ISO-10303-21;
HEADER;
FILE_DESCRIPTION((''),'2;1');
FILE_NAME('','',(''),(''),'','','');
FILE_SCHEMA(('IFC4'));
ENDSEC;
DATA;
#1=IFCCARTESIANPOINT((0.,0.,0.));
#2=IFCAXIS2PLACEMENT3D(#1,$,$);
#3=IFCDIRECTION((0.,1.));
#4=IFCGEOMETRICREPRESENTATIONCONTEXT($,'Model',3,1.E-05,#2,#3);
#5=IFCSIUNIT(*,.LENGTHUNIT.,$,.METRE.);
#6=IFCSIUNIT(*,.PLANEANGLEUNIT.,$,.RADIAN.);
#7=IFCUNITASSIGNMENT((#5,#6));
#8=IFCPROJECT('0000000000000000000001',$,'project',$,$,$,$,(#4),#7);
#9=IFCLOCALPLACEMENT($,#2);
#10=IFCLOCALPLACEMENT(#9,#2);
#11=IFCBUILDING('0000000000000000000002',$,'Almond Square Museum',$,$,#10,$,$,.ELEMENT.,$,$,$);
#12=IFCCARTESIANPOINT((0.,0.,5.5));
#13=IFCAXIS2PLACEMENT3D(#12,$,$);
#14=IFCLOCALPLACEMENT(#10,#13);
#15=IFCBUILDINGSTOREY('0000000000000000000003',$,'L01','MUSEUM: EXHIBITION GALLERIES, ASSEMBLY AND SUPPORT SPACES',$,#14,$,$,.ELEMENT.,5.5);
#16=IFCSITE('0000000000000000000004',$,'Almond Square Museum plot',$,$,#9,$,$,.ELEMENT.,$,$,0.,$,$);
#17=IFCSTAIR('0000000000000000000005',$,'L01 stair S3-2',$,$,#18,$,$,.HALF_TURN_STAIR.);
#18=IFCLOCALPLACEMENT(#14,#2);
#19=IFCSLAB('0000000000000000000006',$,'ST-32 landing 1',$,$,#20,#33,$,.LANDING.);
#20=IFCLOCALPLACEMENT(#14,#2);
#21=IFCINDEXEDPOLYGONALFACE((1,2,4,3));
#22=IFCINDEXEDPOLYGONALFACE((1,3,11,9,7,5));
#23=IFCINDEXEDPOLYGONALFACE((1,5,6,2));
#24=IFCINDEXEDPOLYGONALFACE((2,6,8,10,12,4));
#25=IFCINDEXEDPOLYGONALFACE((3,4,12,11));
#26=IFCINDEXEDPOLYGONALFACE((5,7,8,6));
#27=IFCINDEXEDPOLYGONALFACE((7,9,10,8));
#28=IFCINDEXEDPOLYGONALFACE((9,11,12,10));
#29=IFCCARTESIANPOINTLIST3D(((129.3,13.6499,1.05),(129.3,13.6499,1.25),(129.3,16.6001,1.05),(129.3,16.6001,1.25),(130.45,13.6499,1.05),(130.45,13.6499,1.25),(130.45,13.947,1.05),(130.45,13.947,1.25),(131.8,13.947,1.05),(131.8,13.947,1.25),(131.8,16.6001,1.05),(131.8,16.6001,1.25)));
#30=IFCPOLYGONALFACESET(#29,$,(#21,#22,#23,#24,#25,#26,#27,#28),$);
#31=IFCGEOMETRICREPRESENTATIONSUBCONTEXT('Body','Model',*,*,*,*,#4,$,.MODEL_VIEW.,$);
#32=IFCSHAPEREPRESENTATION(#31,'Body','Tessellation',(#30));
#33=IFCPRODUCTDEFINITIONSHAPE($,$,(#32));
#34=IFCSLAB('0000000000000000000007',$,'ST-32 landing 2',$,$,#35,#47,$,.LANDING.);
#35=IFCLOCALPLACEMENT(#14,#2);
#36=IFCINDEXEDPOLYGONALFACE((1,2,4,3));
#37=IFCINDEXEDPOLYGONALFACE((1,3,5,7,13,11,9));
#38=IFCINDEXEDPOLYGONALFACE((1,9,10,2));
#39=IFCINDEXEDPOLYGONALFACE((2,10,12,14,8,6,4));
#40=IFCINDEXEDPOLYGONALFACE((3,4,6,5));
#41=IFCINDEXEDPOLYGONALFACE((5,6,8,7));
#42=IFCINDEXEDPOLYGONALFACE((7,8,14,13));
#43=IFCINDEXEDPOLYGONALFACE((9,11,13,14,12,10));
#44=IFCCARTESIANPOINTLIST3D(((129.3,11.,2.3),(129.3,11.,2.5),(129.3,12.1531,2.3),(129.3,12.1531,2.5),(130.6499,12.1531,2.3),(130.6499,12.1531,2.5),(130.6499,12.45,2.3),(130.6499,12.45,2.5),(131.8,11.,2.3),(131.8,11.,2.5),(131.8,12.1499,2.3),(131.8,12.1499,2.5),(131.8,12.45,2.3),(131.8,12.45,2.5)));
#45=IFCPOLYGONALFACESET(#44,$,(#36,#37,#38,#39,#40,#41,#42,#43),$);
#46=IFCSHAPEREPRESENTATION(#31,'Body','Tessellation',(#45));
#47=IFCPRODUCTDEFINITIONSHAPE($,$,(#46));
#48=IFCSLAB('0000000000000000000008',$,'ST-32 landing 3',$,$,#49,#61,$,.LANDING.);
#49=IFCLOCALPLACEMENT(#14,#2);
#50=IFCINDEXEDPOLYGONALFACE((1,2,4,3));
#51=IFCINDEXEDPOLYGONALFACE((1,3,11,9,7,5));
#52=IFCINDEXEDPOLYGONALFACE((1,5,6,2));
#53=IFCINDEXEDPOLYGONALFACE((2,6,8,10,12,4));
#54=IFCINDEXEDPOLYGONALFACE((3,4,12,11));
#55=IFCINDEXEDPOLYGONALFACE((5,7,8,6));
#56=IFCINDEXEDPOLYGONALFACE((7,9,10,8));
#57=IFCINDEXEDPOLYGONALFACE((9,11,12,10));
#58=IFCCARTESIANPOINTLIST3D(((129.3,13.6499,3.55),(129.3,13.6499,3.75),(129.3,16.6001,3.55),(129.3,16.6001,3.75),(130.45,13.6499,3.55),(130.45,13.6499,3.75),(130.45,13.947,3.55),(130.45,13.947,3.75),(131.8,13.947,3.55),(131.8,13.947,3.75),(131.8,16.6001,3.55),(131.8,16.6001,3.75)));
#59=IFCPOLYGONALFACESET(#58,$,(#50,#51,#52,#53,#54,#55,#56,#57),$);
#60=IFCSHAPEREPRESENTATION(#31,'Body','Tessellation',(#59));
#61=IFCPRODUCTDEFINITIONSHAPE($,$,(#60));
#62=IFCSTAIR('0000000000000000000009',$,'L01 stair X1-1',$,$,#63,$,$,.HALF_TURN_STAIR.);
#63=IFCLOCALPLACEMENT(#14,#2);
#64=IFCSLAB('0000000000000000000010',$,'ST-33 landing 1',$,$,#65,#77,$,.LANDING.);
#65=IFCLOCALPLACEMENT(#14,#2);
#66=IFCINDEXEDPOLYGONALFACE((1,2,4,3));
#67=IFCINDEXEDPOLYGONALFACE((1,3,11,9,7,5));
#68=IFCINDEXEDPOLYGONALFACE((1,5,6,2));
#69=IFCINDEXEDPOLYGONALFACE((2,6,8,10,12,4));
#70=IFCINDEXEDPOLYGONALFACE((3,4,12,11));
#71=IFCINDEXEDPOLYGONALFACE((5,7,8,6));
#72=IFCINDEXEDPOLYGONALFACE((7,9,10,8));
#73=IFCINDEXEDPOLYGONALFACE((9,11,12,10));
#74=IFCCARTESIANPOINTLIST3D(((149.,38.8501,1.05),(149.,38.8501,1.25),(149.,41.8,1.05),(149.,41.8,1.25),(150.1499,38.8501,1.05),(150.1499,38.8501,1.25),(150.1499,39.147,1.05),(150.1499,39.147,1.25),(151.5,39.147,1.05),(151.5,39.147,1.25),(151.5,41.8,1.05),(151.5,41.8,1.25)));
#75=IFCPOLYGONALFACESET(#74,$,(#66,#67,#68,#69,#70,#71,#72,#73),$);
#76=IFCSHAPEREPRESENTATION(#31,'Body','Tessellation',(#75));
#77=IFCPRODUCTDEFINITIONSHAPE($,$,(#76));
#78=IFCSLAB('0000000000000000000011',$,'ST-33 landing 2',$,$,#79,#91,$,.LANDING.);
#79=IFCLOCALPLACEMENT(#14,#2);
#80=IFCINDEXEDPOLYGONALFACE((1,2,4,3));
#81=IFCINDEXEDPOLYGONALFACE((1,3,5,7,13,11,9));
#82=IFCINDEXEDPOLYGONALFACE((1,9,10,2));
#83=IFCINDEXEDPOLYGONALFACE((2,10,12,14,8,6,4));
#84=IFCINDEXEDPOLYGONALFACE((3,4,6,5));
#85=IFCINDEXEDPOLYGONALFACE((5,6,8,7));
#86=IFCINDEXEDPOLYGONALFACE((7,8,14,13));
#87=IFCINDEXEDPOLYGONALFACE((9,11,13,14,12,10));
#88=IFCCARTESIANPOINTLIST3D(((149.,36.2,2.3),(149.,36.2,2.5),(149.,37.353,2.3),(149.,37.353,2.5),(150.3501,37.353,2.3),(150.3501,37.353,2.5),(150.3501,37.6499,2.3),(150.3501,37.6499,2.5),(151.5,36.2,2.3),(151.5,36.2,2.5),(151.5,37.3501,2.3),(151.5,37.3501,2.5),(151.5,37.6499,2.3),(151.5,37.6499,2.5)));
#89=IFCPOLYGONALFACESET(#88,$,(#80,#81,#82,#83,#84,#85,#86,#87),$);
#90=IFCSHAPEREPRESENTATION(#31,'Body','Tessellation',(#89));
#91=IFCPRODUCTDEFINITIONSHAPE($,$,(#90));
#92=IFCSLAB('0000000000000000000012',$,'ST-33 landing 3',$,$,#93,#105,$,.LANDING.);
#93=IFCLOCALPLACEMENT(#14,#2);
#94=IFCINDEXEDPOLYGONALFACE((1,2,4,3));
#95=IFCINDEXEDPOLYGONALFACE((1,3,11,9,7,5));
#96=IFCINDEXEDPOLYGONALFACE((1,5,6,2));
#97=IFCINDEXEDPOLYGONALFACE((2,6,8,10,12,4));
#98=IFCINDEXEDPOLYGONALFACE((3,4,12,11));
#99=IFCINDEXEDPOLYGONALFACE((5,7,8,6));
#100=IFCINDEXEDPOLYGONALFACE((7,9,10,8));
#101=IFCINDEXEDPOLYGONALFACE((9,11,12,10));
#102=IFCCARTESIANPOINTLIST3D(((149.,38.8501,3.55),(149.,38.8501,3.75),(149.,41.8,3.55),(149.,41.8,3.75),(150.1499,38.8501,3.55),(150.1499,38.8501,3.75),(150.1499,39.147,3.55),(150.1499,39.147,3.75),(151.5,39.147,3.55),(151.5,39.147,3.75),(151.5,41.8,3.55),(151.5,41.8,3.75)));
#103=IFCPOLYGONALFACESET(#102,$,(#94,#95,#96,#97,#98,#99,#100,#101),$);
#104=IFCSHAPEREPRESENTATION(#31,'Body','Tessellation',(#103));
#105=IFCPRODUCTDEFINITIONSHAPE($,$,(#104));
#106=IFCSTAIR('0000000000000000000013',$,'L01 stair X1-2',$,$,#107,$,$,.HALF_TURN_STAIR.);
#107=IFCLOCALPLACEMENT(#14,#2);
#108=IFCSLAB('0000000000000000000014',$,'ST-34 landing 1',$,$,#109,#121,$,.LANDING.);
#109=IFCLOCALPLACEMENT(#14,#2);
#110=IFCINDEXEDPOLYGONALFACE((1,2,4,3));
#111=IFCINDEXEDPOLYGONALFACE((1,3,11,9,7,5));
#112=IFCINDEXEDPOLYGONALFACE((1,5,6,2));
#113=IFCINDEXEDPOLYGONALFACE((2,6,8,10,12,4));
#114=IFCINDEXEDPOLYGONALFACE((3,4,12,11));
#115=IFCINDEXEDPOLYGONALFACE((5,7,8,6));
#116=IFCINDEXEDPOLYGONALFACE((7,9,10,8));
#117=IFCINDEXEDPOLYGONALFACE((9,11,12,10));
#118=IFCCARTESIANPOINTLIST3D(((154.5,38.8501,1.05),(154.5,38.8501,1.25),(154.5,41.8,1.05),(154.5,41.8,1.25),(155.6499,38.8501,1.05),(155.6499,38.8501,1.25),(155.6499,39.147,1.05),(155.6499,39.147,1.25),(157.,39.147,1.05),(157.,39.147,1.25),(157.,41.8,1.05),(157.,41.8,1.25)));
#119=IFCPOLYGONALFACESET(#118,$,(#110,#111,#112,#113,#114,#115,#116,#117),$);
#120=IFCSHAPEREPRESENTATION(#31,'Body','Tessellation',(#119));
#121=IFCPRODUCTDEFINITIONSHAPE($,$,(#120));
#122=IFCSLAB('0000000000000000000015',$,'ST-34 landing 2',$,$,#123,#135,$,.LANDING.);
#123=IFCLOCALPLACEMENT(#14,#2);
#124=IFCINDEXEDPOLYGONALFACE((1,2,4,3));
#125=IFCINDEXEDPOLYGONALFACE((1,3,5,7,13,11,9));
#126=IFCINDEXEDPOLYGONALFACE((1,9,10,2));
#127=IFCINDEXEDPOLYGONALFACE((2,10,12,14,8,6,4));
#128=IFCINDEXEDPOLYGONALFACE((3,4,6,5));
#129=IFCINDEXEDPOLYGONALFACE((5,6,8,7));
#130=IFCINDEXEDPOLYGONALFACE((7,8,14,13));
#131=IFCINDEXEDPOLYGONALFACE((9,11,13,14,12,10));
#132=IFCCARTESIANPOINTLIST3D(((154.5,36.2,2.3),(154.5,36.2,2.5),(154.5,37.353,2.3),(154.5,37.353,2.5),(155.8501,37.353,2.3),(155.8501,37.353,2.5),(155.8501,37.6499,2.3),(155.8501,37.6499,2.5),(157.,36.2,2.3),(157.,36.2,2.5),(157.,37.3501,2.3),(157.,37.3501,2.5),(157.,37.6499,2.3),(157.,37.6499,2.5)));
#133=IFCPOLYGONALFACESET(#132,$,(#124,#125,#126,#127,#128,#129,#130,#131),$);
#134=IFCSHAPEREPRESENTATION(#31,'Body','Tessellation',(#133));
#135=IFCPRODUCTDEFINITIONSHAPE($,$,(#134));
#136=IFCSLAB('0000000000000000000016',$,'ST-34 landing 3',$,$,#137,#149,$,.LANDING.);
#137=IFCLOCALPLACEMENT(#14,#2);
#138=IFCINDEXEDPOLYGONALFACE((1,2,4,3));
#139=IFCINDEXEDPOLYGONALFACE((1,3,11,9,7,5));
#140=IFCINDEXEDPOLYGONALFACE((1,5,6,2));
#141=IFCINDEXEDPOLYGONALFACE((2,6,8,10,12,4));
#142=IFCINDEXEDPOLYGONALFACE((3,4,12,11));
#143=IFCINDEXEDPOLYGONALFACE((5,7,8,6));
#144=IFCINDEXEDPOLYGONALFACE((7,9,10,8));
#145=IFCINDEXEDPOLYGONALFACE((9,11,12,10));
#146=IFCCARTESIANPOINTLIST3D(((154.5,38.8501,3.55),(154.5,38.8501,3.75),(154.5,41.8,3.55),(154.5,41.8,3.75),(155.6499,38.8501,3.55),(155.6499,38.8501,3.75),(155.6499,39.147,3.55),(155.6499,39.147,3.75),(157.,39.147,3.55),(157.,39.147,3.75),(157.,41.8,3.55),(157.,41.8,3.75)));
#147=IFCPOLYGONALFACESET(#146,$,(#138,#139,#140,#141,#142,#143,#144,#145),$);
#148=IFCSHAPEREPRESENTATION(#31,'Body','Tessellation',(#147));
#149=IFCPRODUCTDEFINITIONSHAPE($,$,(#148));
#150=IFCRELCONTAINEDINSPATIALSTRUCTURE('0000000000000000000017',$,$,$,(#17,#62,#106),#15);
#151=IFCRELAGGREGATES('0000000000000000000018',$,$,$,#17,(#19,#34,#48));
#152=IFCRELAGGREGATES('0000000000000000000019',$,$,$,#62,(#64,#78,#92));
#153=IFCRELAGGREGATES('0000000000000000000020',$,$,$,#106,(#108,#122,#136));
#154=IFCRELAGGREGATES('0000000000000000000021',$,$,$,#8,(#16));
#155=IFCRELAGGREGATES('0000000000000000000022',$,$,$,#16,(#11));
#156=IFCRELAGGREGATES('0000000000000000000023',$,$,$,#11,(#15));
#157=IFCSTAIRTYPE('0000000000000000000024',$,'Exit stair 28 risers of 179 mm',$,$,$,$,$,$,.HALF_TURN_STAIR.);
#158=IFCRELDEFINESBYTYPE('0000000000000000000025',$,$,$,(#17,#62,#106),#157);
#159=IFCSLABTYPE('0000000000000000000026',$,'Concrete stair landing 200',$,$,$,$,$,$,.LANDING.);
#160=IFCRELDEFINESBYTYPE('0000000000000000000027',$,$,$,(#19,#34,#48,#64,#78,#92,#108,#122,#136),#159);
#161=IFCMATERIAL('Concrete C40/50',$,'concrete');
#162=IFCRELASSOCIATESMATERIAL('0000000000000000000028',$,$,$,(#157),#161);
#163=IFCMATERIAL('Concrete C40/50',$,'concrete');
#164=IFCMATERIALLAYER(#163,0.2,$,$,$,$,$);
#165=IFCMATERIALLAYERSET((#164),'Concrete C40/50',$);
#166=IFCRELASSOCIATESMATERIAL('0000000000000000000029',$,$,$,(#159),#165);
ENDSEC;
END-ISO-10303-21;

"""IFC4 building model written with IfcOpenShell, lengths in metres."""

from ifc_helpers import new_model, si_unit, direction, frame, origin, place, context, subcontext, project, spatial, polyline, outline, extrude, material, layer, layer_set, type_object, element, aggregate, save


model = new_model("IFC4")

# Units and contexts
model_context = context("Model", 3, precision=1e-05, world=origin(), true_north=direction((0.0, 1.0)))
body_context = subcontext(model_context, "Body", "Model", "MODEL_VIEW")
ifc_project = project(units=[si_unit("LENGTHUNIT", "METRE"), si_unit("PLANEANGLEUNIT", "RADIAN")], contexts=[model_context])

# Site, building, storey
site_placement = place(None, origin())
site = spatial("IfcSite", under=ifc_project, at=site_placement, Name="Almond Square Museum plot", CompositionType="ELEMENT", RefElevation=0.0)
building_placement = place(site_placement, origin())
building = spatial("IfcBuilding", under=site, at=building_placement, Name="Almond Square Museum", CompositionType="ELEMENT")
storey_placement = place(building_placement, frame((0.0, 0.0, 5.5)))
storey = spatial("IfcBuildingStorey", under=building, at=storey_placement, Name="L01", Description="MUSEUM: EXHIBITION GALLERIES, ASSEMBLY AND SUPPORT SPACES", CompositionType="ELEMENT", Elevation=5.5)

# Shared definitions
ifc_material_1 = material(Name="Concrete C40/50", Category="concrete")
stair_type = type_object("IfcStairType", Name="Exit stair 28 risers of 179 mm", PredefinedType="HALF_TURN_STAIR", material=ifc_material_1)
ifc_material_2 = material(Name="Concrete C40/50", Category="concrete")
ifc_layer = layer(ifc_material_2, 0.2)
ifc_layer_set = layer_set([ifc_layer], Name="Concrete C40/50")
slab_type = type_object("IfcSlabType", Name="Concrete stair landing 200", PredefinedType="LANDING", material=ifc_layer_set)

# Stairs, slabs
stair_1_placement = place(storey_placement, origin())
stair_1 = element("IfcStair", 1, at=stair_1_placement, inside=storey, type_object=stair_type, Name="L01 stair S3-2", PredefinedType="HALF_TURN_STAIR")
slab_1_placement = place(storey_placement, frame((0.0, 0.0, 1.05)))
slab_1 = element("IfcSlab", 2, at=slab_1_placement, type_object=slab_type, Name="ST-32 landing 1", PredefinedType="LANDING", context=body_context, shape_type="SweptSolid", body=[
    extrude(outline(polyline([(131.8, 13.947), (131.8, 16.6001), (129.3, 16.6001), (129.3, 13.6499), (130.45, 13.6499), (130.45, 13.947), (131.8, 13.947)])), origin(), (0.0, 0.0, 1.0), 0.2),
])
slab_2_placement = place(storey_placement, frame((0.0, 0.0, 2.3)))
slab_2 = element("IfcSlab", 3, at=slab_2_placement, type_object=slab_type, Name="ST-32 landing 2", PredefinedType="LANDING", context=body_context, shape_type="SweptSolid", body=[
    extrude(outline(polyline([(131.8, 11.0), (131.8, 12.1499), (131.8, 12.45), (130.6499, 12.45), (130.6499, 12.1531), (129.3, 12.1531), (129.3, 11.0), (131.8, 11.0)])), origin(), (0.0, 0.0, 1.0), 0.2),
])
slab_3_placement = place(storey_placement, frame((0.0, 0.0, 3.55)))
slab_3 = element("IfcSlab", 4, at=slab_3_placement, type_object=slab_type, Name="ST-32 landing 3", PredefinedType="LANDING", context=body_context, shape_type="SweptSolid", body=[
    extrude(outline(polyline([(131.8, 13.947), (131.8, 16.6001), (129.3, 16.6001), (129.3, 13.6499), (130.45, 13.6499), (130.45, 13.947), (131.8, 13.947)])), origin(), (0.0, 0.0, 1.0), 0.2),
])
aggregate(stair_1, [slab_1, slab_2, slab_3])
stair_2_placement = place(storey_placement, origin())
stair_2 = element("IfcStair", 5, at=stair_2_placement, inside=storey, type_object=stair_type, Name="L01 stair X1-1", PredefinedType="HALF_TURN_STAIR")
slab_4_placement = place(storey_placement, frame((0.0, 0.0, 1.05)))
slab_4 = element("IfcSlab", 6, at=slab_4_placement, type_object=slab_type, Name="ST-33 landing 1", PredefinedType="LANDING", context=body_context, shape_type="SweptSolid", body=[
    extrude(outline(polyline([(151.5, 39.147), (151.5, 41.8), (149.0, 41.8), (149.0, 38.8501), (150.1499, 38.8501), (150.1499, 39.147), (151.5, 39.147)])), origin(), (0.0, 0.0, 1.0), 0.2),
])
slab_5_placement = place(storey_placement, frame((0.0, 0.0, 2.3)))
slab_5 = element("IfcSlab", 7, at=slab_5_placement, type_object=slab_type, Name="ST-33 landing 2", PredefinedType="LANDING", context=body_context, shape_type="SweptSolid", body=[
    extrude(outline(polyline([(151.5, 36.2), (151.5, 37.3501), (151.5, 37.6499), (150.3501, 37.6499), (150.3501, 37.353), (149.0, 37.353), (149.0, 36.2), (151.5, 36.2)])), origin(), (0.0, 0.0, 1.0), 0.2),
])
slab_6_placement = place(storey_placement, frame((0.0, 0.0, 3.55)))
slab_6 = element("IfcSlab", 8, at=slab_6_placement, type_object=slab_type, Name="ST-33 landing 3", PredefinedType="LANDING", context=body_context, shape_type="SweptSolid", body=[
    extrude(outline(polyline([(151.5, 39.147), (151.5, 41.8), (149.0, 41.8), (149.0, 38.8501), (150.1499, 38.8501), (150.1499, 39.147), (151.5, 39.147)])), origin(), (0.0, 0.0, 1.0), 0.2),
])
aggregate(stair_2, [slab_4, slab_5, slab_6])
stair_3_placement = place(storey_placement, origin())
stair_3 = element("IfcStair", 9, at=stair_3_placement, inside=storey, type_object=stair_type, Name="L01 stair X1-2", PredefinedType="HALF_TURN_STAIR")
slab_7_placement = place(storey_placement, frame((0.0, 0.0, 1.05)))
slab_7 = element("IfcSlab", 10, at=slab_7_placement, type_object=slab_type, Name="ST-34 landing 1", PredefinedType="LANDING", context=body_context, shape_type="SweptSolid", body=[
    extrude(outline(polyline([(157.0, 39.147), (157.0, 41.8), (154.5, 41.8), (154.5, 38.8501), (155.6499, 38.8501), (155.6499, 39.147), (157.0, 39.147)])), origin(), (0.0, 0.0, 1.0), 0.2),
])
slab_8_placement = place(storey_placement, frame((0.0, 0.0, 2.3)))
slab_8 = element("IfcSlab", 11, at=slab_8_placement, type_object=slab_type, Name="ST-34 landing 2", PredefinedType="LANDING", context=body_context, shape_type="SweptSolid", body=[
    extrude(outline(polyline([(157.0, 36.2), (157.0, 37.3501), (157.0, 37.6499), (155.8501, 37.6499), (155.8501, 37.353), (154.5, 37.353), (154.5, 36.2), (157.0, 36.2)])), origin(), (0.0, 0.0, 1.0), 0.2),
])
slab_9_placement = place(storey_placement, frame((0.0, 0.0, 3.55)))
slab_9 = element("IfcSlab", 12, at=slab_9_placement, type_object=slab_type, Name="ST-34 landing 3", PredefinedType="LANDING", context=body_context, shape_type="SweptSolid", body=[
    extrude(outline(polyline([(157.0, 39.147), (157.0, 41.8), (154.5, 41.8), (154.5, 38.8501), (155.6499, 38.8501), (155.6499, 39.147), (157.0, 39.147)])), origin(), (0.0, 0.0, 1.0), 0.2),
])
aggregate(stair_3, [slab_7, slab_8, slab_9])

save(model, "model.ifc")
